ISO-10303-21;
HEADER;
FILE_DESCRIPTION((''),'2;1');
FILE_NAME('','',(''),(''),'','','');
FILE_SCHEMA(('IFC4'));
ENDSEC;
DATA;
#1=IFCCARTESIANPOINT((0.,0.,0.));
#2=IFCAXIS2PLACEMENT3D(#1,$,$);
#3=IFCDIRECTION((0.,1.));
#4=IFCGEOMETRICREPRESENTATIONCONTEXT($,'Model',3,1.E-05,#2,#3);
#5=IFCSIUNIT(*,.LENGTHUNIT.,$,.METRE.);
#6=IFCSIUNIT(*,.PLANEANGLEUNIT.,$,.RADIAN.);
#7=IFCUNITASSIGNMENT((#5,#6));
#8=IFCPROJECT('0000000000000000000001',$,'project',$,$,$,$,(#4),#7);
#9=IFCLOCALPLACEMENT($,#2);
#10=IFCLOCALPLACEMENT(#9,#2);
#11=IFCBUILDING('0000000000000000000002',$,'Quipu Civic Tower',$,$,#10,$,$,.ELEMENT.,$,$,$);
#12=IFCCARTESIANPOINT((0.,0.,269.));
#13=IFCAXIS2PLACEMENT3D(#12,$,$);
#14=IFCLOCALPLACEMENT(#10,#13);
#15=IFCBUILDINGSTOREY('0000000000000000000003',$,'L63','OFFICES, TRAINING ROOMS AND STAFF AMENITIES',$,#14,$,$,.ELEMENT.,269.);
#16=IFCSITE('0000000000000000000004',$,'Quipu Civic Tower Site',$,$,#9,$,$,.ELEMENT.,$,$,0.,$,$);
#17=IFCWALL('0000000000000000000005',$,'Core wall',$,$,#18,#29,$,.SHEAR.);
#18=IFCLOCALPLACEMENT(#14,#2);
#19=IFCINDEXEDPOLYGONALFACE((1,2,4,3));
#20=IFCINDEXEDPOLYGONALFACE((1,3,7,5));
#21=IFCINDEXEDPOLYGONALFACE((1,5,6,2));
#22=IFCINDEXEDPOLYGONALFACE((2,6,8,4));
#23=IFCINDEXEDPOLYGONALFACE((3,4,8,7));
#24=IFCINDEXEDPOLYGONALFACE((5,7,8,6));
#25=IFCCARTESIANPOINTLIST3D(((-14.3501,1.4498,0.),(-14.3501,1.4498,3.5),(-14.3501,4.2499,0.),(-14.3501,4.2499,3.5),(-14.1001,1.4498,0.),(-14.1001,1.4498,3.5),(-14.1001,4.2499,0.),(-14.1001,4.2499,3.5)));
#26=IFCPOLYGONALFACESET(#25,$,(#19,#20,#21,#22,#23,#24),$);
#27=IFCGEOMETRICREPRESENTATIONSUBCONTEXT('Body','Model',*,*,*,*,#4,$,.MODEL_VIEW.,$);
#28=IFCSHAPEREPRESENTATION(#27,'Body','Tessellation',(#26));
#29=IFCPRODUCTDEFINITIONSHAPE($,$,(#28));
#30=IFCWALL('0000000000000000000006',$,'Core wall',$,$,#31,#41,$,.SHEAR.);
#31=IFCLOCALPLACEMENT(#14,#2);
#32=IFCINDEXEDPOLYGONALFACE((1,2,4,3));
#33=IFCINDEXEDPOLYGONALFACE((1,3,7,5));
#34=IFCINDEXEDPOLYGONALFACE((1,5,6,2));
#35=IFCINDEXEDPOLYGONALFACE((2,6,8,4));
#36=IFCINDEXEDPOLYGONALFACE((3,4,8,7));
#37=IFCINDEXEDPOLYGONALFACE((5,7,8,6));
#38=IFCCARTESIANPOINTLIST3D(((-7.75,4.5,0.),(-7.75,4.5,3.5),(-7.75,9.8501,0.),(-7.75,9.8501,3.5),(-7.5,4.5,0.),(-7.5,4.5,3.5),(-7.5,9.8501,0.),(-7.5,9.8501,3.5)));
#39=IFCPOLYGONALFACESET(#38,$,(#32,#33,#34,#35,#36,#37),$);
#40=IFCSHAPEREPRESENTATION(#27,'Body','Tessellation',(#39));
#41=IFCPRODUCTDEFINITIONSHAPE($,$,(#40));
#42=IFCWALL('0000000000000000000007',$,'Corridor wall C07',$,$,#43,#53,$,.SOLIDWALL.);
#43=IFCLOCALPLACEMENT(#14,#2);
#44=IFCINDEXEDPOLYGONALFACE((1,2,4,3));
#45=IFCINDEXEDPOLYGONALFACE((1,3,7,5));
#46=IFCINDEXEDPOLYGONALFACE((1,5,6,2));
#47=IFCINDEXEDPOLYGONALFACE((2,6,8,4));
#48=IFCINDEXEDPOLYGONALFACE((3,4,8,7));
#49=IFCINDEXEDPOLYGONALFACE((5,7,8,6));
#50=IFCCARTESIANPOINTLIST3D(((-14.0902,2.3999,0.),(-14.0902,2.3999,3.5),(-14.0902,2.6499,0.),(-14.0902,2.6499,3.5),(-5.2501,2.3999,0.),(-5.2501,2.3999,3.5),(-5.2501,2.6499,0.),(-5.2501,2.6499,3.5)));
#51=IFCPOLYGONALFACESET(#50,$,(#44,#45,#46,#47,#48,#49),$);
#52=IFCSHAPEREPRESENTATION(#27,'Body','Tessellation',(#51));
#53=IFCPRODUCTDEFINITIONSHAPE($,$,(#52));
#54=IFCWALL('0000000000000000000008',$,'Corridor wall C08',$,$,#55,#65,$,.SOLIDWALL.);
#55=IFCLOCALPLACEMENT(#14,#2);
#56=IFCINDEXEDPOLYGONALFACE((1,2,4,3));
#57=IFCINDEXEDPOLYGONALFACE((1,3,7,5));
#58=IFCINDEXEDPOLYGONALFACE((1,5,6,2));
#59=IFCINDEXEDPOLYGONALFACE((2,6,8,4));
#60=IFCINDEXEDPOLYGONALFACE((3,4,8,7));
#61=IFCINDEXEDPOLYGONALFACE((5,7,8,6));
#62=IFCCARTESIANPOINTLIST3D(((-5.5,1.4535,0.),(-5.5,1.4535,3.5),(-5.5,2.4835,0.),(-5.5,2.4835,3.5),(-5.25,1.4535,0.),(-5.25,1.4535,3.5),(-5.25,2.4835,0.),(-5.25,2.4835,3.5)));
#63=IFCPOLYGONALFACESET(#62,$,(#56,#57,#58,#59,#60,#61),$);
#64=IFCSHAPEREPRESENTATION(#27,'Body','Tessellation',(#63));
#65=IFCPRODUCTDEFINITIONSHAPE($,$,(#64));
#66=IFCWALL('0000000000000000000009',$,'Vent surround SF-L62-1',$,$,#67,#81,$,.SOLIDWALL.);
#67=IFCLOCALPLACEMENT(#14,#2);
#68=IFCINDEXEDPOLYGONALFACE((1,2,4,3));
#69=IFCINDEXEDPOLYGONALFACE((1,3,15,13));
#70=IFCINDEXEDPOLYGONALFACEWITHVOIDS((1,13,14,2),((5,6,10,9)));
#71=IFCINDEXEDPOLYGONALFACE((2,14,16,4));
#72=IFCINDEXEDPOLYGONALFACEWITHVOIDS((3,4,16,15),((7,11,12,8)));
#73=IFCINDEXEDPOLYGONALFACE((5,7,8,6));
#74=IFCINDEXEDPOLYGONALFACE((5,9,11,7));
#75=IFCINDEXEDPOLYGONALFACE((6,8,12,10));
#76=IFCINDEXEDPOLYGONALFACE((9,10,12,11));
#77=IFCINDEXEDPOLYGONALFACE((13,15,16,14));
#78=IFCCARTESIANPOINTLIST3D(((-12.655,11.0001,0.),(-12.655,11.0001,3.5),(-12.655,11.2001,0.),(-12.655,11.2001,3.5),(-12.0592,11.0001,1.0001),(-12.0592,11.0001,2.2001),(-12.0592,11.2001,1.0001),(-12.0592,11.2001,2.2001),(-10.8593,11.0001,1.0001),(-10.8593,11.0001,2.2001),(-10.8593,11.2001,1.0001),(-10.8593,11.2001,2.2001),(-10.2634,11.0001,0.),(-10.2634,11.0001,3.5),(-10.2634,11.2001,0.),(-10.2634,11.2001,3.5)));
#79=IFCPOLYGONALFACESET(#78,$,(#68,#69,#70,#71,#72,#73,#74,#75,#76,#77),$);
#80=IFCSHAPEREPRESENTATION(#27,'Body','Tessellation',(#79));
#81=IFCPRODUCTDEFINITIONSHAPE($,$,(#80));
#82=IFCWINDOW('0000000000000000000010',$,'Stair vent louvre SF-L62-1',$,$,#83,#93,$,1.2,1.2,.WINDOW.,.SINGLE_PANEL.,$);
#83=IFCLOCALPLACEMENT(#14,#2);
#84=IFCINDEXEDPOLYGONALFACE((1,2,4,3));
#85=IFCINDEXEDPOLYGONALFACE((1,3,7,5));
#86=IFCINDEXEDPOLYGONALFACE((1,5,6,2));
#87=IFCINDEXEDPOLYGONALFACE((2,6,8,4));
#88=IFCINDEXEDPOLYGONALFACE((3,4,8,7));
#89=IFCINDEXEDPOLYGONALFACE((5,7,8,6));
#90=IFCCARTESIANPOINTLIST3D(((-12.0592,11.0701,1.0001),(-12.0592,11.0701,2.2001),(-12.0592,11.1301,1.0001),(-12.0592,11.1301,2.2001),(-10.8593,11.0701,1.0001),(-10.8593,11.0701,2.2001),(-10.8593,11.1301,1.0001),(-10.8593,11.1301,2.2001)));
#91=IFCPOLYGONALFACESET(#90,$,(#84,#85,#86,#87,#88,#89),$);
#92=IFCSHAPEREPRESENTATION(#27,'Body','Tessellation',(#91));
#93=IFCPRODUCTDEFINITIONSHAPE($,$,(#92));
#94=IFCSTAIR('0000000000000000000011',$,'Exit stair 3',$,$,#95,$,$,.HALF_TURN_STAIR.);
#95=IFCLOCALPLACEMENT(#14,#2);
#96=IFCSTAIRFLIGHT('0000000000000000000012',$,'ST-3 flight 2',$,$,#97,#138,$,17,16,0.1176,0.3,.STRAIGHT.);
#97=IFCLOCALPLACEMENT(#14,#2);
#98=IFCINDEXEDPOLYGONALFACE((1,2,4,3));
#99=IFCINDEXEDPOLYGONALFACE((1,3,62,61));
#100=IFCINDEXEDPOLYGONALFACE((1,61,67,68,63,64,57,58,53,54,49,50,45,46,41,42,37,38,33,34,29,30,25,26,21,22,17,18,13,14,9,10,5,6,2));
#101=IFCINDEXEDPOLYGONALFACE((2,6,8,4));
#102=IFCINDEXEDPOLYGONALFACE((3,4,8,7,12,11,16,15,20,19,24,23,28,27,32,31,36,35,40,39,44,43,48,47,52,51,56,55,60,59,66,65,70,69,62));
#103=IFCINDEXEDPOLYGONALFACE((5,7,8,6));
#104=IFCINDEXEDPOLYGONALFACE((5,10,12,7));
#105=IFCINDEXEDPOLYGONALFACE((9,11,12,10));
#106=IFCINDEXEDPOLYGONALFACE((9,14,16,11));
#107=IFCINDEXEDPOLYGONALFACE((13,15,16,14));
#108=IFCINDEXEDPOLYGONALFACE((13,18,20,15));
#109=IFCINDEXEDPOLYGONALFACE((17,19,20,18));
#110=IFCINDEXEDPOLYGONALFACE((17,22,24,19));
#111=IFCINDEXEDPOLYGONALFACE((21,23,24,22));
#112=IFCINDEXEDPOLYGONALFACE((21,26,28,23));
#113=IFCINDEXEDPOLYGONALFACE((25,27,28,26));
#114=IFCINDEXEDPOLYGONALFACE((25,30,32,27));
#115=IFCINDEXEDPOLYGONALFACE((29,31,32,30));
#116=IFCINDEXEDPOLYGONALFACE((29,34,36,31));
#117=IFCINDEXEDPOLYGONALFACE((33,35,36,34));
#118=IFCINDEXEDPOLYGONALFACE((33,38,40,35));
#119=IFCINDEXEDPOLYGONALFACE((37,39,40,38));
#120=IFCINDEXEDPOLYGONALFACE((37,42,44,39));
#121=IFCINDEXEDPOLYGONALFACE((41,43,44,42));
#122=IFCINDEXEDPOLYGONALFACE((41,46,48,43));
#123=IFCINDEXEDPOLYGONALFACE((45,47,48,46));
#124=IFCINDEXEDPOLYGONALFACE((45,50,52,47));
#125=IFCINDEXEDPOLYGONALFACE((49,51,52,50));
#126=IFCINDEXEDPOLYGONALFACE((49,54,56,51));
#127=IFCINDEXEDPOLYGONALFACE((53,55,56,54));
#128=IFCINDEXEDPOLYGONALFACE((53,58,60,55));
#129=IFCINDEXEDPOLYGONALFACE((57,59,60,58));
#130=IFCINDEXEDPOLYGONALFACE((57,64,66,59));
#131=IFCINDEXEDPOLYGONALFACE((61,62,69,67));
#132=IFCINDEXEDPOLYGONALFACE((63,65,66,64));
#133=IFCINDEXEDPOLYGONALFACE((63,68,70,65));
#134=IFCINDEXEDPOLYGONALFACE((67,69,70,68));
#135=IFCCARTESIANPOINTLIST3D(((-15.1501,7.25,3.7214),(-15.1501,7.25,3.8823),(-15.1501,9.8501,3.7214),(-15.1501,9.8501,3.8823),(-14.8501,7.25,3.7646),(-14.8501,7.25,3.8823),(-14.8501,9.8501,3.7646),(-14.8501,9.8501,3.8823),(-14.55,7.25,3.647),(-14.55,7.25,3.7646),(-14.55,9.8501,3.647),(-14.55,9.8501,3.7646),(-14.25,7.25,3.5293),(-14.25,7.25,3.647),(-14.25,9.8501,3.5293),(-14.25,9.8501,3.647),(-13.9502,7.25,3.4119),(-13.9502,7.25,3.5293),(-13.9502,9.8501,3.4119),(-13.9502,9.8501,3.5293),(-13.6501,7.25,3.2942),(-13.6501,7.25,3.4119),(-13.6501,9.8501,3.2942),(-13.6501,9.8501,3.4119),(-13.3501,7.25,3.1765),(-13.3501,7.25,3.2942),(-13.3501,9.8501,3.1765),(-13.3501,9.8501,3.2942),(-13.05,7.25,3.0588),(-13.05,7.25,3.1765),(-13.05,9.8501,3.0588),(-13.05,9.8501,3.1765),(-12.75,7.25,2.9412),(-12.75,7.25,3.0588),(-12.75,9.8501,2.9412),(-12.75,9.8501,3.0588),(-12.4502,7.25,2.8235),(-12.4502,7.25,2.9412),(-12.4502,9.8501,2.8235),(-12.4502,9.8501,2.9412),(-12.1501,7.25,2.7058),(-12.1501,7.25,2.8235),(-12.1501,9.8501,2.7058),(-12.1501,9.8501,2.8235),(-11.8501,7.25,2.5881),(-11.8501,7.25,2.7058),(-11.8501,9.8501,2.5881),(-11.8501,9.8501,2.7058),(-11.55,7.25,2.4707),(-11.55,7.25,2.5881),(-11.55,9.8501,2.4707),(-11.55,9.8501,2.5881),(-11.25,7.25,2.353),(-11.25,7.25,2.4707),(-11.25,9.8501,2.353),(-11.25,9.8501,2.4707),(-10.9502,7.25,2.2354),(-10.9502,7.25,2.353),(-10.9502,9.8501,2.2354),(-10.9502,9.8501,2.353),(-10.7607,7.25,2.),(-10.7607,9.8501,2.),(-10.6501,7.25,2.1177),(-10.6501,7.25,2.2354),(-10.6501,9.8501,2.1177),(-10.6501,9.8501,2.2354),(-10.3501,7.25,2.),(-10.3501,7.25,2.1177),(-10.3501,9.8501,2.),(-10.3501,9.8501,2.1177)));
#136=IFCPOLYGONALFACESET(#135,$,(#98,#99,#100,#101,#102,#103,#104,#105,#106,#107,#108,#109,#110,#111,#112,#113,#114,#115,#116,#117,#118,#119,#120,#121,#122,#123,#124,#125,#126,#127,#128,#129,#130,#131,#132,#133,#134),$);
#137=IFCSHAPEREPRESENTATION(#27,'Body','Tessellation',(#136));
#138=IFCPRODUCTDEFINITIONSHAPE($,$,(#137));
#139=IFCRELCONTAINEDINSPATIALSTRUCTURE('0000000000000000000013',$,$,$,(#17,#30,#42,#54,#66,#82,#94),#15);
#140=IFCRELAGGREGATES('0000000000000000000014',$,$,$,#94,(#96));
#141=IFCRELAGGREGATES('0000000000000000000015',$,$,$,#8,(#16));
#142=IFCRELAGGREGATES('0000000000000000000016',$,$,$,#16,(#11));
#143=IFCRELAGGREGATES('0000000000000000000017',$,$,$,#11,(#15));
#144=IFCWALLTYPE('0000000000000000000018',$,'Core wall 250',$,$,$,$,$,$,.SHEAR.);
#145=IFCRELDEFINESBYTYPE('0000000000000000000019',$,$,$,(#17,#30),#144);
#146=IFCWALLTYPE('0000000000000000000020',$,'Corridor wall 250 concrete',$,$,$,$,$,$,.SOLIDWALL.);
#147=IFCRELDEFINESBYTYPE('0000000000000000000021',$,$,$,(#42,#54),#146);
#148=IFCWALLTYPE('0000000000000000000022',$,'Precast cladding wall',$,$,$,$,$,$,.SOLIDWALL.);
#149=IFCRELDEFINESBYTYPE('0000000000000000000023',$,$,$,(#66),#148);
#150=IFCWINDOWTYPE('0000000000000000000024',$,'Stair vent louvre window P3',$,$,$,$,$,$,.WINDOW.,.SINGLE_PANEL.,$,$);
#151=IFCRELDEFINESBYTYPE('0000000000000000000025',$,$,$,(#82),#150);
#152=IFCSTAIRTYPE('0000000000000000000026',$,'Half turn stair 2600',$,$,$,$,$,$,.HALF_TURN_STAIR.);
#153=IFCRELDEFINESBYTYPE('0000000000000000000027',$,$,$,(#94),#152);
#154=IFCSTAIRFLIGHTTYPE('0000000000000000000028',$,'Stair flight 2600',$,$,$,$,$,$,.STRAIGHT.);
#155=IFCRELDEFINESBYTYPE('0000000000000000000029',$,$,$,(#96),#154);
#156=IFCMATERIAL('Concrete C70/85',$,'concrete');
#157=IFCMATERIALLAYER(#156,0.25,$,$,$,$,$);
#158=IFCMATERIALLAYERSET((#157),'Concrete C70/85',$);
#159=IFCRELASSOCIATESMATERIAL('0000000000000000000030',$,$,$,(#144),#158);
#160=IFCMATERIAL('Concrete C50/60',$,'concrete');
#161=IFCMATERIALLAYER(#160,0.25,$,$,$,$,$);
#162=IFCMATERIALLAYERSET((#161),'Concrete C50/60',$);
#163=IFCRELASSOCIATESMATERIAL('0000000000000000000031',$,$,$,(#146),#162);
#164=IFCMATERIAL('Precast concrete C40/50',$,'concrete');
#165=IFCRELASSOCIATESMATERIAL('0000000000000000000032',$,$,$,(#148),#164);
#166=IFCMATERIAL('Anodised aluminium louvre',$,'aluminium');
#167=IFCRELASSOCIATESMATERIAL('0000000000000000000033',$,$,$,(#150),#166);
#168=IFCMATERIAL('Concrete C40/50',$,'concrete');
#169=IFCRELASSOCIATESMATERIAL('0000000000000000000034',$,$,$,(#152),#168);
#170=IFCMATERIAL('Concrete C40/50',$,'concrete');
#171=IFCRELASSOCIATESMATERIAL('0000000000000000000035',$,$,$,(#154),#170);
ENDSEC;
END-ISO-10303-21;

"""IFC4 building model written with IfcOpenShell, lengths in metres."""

from ifc_helpers import new_model, si_unit, direction, frame, frame_2d, origin, place, context, subcontext, project, spatial, polyline, rectangle, outline, extrude, material, layer, layer_set, type_object, element, fill, aggregate, save


model = new_model("IFC4")

# Units and contexts
model_context = context("Model", 3, precision=1e-05, world=origin(), true_north=direction((0.0, 1.0)))
body_context = subcontext(model_context, "Body", "Model", "MODEL_VIEW")
ifc_project = project(units=[si_unit("LENGTHUNIT", "METRE"), si_unit("PLANEANGLEUNIT", "RADIAN")], contexts=[model_context])

# Site, building, storey
site_placement = place(None, origin())
site = spatial("IfcSite", under=ifc_project, at=site_placement, Name="Quipu Civic Tower Site", CompositionType="ELEMENT", RefElevation=0.0)
building_placement = place(site_placement, origin())
building = spatial("IfcBuilding", under=site, at=building_placement, Name="Quipu Civic Tower", CompositionType="ELEMENT")
storey_placement = place(building_placement, frame((0.0, 0.0, 269.0)))
storey = spatial("IfcBuildingStorey", under=building, at=storey_placement, Name="L63", Description="OFFICES, TRAINING ROOMS AND STAFF AMENITIES", CompositionType="ELEMENT", Elevation=269.0)

# Walls
ifc_material_1 = material(Name="Concrete C70/85", Category="concrete")
ifc_layer_1 = layer(ifc_material_1, 0.25)
ifc_layer_set_1 = layer_set([ifc_layer_1], Name="Concrete C70/85")
wall_type_1 = type_object("IfcWallType", Name="Core wall 250", PredefinedType="SHEAR", material=ifc_layer_set_1)
wall_1_placement = place(storey_placement, frame((-14.2251, 1.45, 0.0), z_axis=(0.0, 0.0, 1.0), x_axis=(0.0, 1.0, 0.0)))
element("IfcWall", 1, at=wall_1_placement, inside=storey, type_object=wall_type_1, Name="Core wall", PredefinedType="SHEAR", context=body_context, shape_type="SweptSolid", body=[
    extrude(rectangle(XDim=2.8, YDim=0.25, at=frame_2d((1.3999, 0.0))), origin(), (0.0, 0.0, 1.0), 3.5),
])
wall_2_placement = place(storey_placement, frame((-7.625, 4.5, 0.0), z_axis=(0.0, 0.0, 1.0), x_axis=(0.0, 1.0, 0.0)))
element("IfcWall", 2, at=wall_2_placement, inside=storey, type_object=wall_type_1, Name="Core wall", PredefinedType="SHEAR", context=body_context, shape_type="SweptSolid", body=[
    extrude(rectangle(XDim=5.3501, YDim=0.25, at=frame_2d((2.675, 0.0))), origin(), (0.0, 0.0, 1.0), 3.5),
])
ifc_material_2 = material(Name="Concrete C50/60", Category="concrete")
ifc_layer_2 = layer(ifc_material_2, 0.25)
ifc_layer_set_2 = layer_set([ifc_layer_2], Name="Concrete C50/60")
wall_type_2 = type_object("IfcWallType", Name="Corridor wall 250 concrete", PredefinedType="SOLIDWALL", material=ifc_layer_set_2)
wall_3_placement = place(storey_placement, frame((-14.0901, 2.5249, 0.0), z_axis=(0.0, 0.0, 1.0), x_axis=(1.0, 0.0, 0.0)))
element("IfcWall", 3, at=wall_3_placement, inside=storey, type_object=wall_type_2, Name="Corridor wall C07", PredefinedType="SOLIDWALL", context=body_context, shape_type="SweptSolid", body=[
    extrude(rectangle(XDim=8.8401, YDim=0.25, at=frame_2d((4.4199, 0.0))), origin(), (0.0, 0.0, 1.0), 3.5),
])
wall_4_placement = place(storey_placement, frame((-5.375, 2.4836, 0.0), z_axis=(0.0, 0.0, 1.0), x_axis=(0.0, -1.0, 0.0)))
element("IfcWall", 4, at=wall_4_placement, inside=storey, type_object=wall_type_2, Name="Corridor wall C08", PredefinedType="SOLIDWALL", context=body_context, shape_type="SweptSolid", body=[
    extrude(rectangle(XDim=1.03, YDim=0.25, at=frame_2d((0.5151, 0.0))), origin(), (0.0, 0.0, 1.0), 3.5),
])

# Wall, opening, window
ifc_material_3 = material(Name="Precast concrete C40/50", Category="concrete")
wall_type_3 = type_object("IfcWallType", Name="Precast cladding wall", PredefinedType="SOLIDWALL", material=ifc_material_3)
wall_5_placement = place(storey_placement, frame((-10.2634, 11.1001, 0.0), z_axis=(0.0, 0.0, 1.0), x_axis=(-1.0, 0.0, 0.0)))
wall_5 = element("IfcWall", 5, at=wall_5_placement, inside=storey, type_object=wall_type_3, Name="Vent surround SF-L62-1", PredefinedType="SOLIDWALL", context=body_context, shape_type="SweptSolid", body=[
    extrude(rectangle(XDim=2.3916, YDim=0.2, at=frame_2d((1.1958, 0.0))), origin(), (0.0, 0.0, 1.0), 3.5),
])
opening_placement = place(wall_5_placement, frame((0.5957, 0.0, 1.0)))
opening = element("IfcOpeningElement", 6, at=opening_placement, cuts=wall_5, PredefinedType="OPENING", context=body_context, shape_type="SweptSolid", body=[
    extrude(rectangle(XDim=1.2, YDim=1.2, at=frame_2d((0.6001, 0.6001))), frame((0.0, 0.1099, 0.0), z_axis=(0.0, -1.0, 0.0), x_axis=(1.0, 0.0, 0.0)), (0.0, 0.0, 1.0), 0.22),
])
ifc_material_4 = material(Name="Anodised aluminium louvre", Category="aluminium")
window_type = type_object("IfcWindowType", Name="Stair vent louvre window P3", PartitioningType="SINGLE_PANEL", PredefinedType="WINDOW", material=ifc_material_4)
window_placement = place(opening_placement, origin())
window = element("IfcWindow", 7, at=window_placement, inside=storey, type_object=window_type, Name="Stair vent louvre SF-L62-1", OverallHeight=1.2, OverallWidth=1.2, PartitioningType="SINGLE_PANEL", PredefinedType="WINDOW", context=body_context, shape_type="SweptSolid", body=[
    extrude(rectangle(XDim=1.2, YDim=1.2, at=frame_2d((0.6001, 0.6001))), frame((0.0, 0.03, 0.0), z_axis=(0.0, -1.0, 0.0), x_axis=(1.0, 0.0, 0.0)), (0.0, 0.0, 1.0), 0.0601),
])
fill(opening, window)

# Stair, stair flight
ifc_material_5 = material(Name="Concrete C40/50", Category="concrete")
stair_type = type_object("IfcStairType", Name="Half turn stair 2600", PredefinedType="HALF_TURN_STAIR", material=ifc_material_5)
stair_placement = place(storey_placement, origin())
stair = element("IfcStair", 8, at=stair_placement, inside=storey, type_object=stair_type, Name="Exit stair 3", PredefinedType="HALF_TURN_STAIR")
ifc_material_6 = material(Name="Concrete C40/50", Category="concrete")
stair_flight_type = type_object("IfcStairFlightType", Name="Stair flight 2600", PredefinedType="STRAIGHT", material=ifc_material_6)
stair_flight_placement = place(storey_placement, frame((-10.3501, 8.55, 2.0), z_axis=(0.0, 0.0, 1.0), x_axis=(-1.0, 0.0, 0.0)))
stair_flight = element("IfcStairFlight", 9, at=stair_flight_placement, type_object=stair_flight_type, Name="ST-3 flight 2", NumberOfRisers=17, NumberOfTreads=16, PredefinedType="STRAIGHT", RiserHeight=0.1176, TreadLength=0.3, context=body_context, shape_type="SweptSolid", body=[
    extrude(outline(polyline([(0.0, 0.0), (0.0, 0.1177), (0.3, 0.1177), (0.3, 0.2354), (0.6001, 0.2354), (0.6001, 0.353), (0.8999, 0.353), (0.8999, 0.4707), (1.2, 0.4707), (1.2, 0.5881), (1.5, 0.5881), (1.5, 0.7058), (1.8, 0.7058), (1.8, 0.8235), (2.1001, 0.8235), (2.1001, 0.9412), (2.3999, 0.9412), (2.3999, 1.0588), (2.7, 1.0588), (2.7, 1.1765), (3.0, 1.1765), (3.0, 1.2942), (3.3, 1.2942), (3.3, 1.4119), (3.6001, 1.4119), (3.6001, 1.5293), (3.8999, 1.5293), (3.8999, 1.647), (4.2, 1.647), (4.2, 1.7646), (4.5, 1.7646), (4.5, 1.8823), (4.8, 1.8823), (4.8, 2.0), (4.8, 1.7214), (0.4106, 0.0), (0.0, 0.0)])), frame((0.0, 1.3, 0.0), z_axis=(0.0, -1.0, 0.0), x_axis=(1.0, 0.0, 0.0)), (0.0, 0.0, 1.0), 2.6001),
])
aggregate(stair, [stair_flight])

save(model, "model.ifc")
